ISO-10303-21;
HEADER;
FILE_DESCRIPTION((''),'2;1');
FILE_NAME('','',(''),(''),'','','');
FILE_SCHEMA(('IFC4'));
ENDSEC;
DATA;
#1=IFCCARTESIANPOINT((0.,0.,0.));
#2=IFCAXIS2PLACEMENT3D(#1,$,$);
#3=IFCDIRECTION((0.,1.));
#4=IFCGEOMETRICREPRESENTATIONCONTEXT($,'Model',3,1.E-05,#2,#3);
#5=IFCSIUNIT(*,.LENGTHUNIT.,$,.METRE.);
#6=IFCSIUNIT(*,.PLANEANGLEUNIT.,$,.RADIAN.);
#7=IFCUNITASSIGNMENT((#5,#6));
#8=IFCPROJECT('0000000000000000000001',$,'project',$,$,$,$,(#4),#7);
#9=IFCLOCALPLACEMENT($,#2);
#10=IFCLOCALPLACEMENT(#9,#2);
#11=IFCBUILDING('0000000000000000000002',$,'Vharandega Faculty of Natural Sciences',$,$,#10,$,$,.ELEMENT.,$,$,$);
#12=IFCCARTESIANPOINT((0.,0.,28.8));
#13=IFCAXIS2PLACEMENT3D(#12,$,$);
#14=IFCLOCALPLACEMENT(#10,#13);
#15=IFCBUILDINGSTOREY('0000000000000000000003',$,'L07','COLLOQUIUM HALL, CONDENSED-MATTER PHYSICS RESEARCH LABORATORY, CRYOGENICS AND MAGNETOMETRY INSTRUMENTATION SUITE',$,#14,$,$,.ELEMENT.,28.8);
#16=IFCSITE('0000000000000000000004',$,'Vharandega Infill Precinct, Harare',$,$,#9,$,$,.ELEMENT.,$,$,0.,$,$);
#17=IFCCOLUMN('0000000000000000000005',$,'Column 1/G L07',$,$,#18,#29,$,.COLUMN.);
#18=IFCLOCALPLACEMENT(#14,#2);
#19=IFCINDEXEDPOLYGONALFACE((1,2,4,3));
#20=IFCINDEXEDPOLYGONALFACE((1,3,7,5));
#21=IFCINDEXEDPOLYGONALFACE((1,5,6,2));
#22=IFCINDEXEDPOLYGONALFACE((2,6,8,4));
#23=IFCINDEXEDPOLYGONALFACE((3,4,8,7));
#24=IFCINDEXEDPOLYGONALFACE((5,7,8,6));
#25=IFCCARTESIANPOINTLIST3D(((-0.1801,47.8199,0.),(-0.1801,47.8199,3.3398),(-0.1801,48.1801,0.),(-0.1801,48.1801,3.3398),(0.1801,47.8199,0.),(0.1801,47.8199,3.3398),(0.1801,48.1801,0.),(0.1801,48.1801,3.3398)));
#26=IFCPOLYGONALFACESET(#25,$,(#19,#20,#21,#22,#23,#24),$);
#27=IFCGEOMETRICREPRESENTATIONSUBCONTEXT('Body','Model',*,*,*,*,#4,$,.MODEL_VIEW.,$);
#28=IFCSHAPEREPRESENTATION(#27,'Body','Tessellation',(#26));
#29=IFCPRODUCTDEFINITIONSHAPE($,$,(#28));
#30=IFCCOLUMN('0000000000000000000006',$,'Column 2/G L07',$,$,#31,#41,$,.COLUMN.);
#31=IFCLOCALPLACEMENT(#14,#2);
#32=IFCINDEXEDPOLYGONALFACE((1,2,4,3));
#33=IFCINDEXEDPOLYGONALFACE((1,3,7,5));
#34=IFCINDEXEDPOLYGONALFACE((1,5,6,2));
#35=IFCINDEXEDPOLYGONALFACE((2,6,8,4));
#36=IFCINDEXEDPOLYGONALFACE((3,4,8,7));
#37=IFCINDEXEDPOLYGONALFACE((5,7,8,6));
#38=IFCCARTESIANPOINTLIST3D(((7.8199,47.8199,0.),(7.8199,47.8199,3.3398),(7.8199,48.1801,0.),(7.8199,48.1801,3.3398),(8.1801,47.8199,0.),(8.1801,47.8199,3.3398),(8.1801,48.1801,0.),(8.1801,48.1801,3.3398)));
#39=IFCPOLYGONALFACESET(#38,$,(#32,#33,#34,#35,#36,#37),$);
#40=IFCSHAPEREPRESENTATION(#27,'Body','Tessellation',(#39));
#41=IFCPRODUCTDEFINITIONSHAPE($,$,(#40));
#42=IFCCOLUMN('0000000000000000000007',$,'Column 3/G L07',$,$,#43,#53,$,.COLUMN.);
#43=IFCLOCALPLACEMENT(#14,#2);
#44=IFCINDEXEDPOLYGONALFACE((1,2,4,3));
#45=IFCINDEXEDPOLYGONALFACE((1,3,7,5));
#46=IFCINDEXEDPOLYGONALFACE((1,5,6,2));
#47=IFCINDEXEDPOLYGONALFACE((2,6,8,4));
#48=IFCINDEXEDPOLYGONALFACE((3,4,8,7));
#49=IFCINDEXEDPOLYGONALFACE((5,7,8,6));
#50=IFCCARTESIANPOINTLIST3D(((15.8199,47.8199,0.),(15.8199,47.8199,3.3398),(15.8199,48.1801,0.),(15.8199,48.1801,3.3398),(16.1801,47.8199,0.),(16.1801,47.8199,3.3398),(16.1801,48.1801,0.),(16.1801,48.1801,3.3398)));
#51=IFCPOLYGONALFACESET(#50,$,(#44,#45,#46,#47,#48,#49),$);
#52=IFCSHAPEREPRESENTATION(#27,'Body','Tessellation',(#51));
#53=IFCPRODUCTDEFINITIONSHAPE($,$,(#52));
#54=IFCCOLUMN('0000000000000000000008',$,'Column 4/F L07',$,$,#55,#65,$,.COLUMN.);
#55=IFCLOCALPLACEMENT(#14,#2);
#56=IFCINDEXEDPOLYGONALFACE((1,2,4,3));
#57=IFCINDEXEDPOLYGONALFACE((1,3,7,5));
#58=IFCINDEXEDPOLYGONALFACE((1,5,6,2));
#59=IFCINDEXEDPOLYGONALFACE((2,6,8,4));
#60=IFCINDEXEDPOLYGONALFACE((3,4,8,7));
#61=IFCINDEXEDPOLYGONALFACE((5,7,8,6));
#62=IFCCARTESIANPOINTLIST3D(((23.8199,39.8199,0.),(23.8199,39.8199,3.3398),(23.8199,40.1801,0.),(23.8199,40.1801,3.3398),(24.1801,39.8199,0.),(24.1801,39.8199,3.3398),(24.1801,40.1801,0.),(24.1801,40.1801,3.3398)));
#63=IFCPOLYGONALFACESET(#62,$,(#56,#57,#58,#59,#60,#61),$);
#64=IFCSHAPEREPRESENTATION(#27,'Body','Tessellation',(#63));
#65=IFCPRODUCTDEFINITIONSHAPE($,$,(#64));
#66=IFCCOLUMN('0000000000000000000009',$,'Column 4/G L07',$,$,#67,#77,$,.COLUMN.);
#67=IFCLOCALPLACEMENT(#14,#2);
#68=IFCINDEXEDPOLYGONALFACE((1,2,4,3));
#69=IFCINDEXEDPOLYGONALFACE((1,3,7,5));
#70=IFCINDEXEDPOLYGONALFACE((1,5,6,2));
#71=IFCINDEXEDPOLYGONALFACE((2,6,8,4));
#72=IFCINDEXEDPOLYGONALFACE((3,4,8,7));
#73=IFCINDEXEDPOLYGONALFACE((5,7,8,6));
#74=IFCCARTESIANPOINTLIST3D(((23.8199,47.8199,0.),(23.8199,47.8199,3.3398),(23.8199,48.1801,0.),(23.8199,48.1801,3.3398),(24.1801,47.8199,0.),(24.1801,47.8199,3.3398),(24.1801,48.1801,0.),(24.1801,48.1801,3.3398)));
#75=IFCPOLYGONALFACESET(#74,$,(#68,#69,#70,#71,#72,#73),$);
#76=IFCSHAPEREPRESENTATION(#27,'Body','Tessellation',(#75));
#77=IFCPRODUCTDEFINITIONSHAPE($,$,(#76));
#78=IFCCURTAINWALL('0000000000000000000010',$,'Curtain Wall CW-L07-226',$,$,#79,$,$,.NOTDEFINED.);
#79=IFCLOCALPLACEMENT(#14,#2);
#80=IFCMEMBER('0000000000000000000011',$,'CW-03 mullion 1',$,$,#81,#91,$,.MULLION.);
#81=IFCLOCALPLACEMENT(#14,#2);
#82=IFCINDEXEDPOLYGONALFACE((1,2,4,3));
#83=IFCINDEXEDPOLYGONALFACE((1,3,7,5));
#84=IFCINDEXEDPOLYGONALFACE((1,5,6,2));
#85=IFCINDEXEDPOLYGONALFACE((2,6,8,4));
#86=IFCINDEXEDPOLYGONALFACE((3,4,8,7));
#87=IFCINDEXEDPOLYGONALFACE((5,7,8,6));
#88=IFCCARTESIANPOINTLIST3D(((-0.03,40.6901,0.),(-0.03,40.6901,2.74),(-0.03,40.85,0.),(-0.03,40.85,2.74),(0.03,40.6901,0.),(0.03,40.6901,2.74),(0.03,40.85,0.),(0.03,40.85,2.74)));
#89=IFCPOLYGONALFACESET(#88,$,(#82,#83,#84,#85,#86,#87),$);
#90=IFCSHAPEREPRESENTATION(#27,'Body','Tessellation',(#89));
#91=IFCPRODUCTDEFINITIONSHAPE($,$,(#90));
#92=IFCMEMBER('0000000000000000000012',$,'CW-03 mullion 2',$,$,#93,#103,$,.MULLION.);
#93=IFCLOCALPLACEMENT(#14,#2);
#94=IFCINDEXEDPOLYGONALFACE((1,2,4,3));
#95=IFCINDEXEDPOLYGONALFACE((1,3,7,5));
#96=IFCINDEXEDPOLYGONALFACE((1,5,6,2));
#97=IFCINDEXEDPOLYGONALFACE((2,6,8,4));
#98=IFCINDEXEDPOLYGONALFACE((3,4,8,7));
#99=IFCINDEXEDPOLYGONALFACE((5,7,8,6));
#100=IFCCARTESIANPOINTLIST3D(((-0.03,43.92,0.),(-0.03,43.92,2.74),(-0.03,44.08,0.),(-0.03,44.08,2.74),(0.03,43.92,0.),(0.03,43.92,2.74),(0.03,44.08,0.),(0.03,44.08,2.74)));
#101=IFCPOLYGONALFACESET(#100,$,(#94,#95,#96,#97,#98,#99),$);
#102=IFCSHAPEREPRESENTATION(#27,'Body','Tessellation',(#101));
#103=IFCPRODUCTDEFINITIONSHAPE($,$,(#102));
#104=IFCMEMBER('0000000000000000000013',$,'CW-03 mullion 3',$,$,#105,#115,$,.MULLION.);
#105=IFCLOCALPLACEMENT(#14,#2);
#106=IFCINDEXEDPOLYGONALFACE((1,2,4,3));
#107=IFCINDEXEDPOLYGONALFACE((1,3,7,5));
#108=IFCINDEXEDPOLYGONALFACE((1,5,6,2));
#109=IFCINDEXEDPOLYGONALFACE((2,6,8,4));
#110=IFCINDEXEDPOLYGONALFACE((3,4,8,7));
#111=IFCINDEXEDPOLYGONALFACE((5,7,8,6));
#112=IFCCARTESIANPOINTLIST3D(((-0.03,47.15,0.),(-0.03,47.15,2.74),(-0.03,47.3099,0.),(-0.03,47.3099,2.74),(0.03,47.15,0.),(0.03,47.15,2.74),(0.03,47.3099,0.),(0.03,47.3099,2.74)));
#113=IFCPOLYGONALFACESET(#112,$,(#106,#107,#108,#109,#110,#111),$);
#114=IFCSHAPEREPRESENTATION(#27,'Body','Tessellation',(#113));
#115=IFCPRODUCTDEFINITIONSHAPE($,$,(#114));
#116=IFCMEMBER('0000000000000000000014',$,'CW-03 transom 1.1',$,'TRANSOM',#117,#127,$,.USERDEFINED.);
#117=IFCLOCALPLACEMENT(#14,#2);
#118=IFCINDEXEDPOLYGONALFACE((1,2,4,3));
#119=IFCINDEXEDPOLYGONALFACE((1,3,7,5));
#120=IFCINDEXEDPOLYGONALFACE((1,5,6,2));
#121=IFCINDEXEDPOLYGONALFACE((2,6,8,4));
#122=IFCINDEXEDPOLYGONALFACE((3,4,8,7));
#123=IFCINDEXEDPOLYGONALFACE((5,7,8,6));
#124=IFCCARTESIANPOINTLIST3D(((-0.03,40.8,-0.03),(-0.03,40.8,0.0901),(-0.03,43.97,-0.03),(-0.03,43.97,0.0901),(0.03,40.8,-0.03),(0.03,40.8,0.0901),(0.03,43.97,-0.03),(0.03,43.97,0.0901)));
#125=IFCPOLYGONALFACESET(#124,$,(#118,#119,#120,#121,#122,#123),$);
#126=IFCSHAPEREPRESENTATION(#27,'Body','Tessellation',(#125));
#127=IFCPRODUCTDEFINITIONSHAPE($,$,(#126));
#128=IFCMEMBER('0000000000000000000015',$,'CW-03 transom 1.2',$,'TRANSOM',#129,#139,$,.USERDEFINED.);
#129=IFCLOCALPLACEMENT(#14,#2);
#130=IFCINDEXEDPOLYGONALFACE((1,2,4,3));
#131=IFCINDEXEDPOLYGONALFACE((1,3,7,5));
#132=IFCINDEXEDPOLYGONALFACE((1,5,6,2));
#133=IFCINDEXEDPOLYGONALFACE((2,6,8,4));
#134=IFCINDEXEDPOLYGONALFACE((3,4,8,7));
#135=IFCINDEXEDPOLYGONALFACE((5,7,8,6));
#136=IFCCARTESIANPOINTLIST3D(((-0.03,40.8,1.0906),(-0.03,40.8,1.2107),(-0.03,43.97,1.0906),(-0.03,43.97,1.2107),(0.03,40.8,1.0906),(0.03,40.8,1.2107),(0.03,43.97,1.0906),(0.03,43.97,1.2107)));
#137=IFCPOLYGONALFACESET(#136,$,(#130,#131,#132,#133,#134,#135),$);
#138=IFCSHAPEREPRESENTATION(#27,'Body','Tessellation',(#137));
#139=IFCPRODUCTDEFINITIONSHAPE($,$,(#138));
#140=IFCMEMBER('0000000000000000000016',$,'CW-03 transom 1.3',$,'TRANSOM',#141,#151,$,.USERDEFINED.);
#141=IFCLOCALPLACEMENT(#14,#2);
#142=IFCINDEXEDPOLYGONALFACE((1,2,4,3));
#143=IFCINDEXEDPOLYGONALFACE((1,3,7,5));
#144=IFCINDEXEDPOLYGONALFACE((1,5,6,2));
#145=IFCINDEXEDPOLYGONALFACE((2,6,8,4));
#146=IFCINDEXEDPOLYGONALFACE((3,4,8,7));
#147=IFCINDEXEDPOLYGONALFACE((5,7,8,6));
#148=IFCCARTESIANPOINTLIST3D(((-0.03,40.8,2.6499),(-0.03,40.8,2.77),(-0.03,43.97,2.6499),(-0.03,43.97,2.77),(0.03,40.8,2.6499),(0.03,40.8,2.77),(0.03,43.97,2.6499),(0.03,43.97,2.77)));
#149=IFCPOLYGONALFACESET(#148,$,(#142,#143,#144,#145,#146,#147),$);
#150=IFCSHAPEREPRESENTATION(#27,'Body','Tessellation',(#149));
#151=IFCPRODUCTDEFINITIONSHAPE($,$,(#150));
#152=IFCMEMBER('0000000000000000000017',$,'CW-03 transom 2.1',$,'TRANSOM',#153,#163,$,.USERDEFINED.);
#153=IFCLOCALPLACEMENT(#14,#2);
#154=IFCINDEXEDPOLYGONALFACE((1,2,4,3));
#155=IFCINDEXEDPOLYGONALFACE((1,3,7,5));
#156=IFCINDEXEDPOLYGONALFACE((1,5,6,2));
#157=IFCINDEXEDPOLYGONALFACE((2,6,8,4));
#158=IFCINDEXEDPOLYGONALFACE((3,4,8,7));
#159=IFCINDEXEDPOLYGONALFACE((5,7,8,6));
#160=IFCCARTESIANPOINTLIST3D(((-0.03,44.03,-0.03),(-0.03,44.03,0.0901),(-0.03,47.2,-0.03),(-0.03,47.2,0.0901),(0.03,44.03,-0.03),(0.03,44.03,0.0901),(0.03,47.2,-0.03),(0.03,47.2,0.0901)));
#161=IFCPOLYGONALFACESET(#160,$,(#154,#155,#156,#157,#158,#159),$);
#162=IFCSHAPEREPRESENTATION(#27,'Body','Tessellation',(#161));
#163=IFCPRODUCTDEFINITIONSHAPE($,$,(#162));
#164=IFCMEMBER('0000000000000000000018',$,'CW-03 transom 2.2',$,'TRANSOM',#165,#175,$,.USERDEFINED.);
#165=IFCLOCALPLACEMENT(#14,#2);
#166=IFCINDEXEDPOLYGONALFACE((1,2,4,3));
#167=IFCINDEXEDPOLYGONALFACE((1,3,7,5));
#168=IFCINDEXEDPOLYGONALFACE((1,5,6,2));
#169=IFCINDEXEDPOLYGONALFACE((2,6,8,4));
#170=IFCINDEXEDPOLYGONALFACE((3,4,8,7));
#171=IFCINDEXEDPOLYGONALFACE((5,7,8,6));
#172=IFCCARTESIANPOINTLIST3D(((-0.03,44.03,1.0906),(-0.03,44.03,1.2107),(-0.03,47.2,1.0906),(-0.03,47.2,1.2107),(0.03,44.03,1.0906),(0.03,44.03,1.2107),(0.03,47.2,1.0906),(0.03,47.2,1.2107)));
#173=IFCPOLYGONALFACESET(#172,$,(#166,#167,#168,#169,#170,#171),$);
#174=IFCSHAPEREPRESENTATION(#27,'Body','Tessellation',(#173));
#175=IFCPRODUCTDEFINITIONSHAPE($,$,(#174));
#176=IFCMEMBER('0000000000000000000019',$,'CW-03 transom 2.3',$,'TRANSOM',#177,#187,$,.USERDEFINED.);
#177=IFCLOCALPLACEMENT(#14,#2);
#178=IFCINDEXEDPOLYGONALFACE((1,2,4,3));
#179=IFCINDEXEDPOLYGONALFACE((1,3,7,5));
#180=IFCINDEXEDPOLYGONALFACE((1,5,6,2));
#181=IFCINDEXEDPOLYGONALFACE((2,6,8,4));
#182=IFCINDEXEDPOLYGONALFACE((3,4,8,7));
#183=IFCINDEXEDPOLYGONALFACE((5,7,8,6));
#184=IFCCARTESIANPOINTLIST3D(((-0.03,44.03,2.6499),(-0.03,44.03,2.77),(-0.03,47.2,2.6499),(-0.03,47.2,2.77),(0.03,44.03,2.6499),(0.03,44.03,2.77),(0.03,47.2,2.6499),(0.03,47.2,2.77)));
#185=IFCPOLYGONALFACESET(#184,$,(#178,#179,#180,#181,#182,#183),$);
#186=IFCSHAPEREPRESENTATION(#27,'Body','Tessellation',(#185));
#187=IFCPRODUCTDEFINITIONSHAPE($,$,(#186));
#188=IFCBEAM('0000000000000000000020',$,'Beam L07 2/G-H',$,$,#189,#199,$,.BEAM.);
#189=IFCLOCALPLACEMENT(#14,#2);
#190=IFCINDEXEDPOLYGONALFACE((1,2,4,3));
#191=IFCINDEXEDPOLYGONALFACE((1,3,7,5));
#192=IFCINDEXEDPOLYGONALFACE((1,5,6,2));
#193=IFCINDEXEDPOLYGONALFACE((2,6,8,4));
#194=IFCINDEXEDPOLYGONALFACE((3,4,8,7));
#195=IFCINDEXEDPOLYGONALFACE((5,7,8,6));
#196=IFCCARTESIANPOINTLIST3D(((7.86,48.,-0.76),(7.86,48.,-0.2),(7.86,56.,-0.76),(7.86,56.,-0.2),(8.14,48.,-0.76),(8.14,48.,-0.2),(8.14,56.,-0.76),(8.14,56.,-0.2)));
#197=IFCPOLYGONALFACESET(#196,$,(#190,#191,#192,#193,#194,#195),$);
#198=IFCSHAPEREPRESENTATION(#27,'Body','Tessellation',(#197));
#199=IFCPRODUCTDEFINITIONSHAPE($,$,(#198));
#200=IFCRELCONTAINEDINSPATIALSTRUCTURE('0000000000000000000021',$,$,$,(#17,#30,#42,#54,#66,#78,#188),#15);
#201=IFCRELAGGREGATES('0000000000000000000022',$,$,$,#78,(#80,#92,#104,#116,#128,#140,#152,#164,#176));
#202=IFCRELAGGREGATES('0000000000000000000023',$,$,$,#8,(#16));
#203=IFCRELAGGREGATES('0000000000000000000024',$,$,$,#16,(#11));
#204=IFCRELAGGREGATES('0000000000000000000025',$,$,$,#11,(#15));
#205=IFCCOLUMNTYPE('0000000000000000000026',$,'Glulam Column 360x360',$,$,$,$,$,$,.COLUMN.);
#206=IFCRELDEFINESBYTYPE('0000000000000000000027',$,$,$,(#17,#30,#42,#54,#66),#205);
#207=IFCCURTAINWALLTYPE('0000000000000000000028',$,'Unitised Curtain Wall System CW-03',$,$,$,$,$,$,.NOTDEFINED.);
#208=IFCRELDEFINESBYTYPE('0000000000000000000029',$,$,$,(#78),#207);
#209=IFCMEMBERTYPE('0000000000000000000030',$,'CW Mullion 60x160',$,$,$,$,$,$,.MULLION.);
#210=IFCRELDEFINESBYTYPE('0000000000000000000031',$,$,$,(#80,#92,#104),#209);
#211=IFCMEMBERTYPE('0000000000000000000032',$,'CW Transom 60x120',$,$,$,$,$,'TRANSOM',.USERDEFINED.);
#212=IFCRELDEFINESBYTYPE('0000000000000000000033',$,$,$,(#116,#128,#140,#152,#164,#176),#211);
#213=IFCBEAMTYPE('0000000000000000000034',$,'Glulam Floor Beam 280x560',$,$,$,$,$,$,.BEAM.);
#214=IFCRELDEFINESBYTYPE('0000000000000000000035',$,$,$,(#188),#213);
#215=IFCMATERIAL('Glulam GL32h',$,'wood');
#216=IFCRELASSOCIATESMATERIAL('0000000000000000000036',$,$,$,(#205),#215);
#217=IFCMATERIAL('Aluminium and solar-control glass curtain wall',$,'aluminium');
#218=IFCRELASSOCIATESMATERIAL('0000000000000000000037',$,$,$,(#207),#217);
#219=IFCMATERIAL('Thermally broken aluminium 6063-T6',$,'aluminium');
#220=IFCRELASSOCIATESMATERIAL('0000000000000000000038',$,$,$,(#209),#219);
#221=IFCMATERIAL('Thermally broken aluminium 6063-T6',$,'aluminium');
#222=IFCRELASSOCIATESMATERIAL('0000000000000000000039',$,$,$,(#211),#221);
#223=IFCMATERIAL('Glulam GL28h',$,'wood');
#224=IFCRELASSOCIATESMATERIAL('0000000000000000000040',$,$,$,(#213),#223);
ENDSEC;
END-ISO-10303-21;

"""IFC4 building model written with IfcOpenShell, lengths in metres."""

from ifc_helpers import new_model, si_unit, direction, frame, origin, origin_2d, place, context, subcontext, project, spatial, rectangle, extrude, material, material_profile, profile_set, type_object, element, aggregate, save


model = new_model("IFC4")

# Units and contexts
model_context = context("Model", 3, precision=1e-05, world=origin(), true_north=direction((0.0, 1.0)))
body_context = subcontext(model_context, "Body", "Model", "MODEL_VIEW")
ifc_project = project(units=[si_unit("LENGTHUNIT", "METRE"), si_unit("PLANEANGLEUNIT", "RADIAN")], contexts=[model_context])

# Site, building, storey
site_placement = place(None, origin())
site = spatial("IfcSite", under=ifc_project, at=site_placement, Name="Vharandega Infill Precinct, Harare", CompositionType="ELEMENT", RefElevation=0.0)
building_placement = place(site_placement, origin())
building = spatial("IfcBuilding", under=site, at=building_placement, Name="Vharandega Faculty of Natural Sciences", CompositionType="ELEMENT")
storey_placement = place(building_placement, frame((0.0, 0.0, 28.8)))
storey = spatial("IfcBuildingStorey", under=building, at=storey_placement, Name="L07", Description="COLLOQUIUM HALL, CONDENSED-MATTER PHYSICS RESEARCH LABORATORY, CRYOGENICS AND MAGNETOMETRY INSTRUMENTATION SUITE", CompositionType="ELEMENT", Elevation=28.8)

# Columns
ifc_material_1 = material(Name="Glulam GL32h", Category="wood")
ifc_material_profile_1 = material_profile(ifc_material_1, rectangle(XDim=0.3601, YDim=0.3601, at=origin_2d()), Name="GL32h 360x360")
ifc_profile_set_1 = profile_set([ifc_material_profile_1], Name="Glulam GL32h")
column_type = type_object("IfcColumnType", Name="Glulam Column 360x360", PredefinedType="COLUMN", material=ifc_profile_set_1)
for number, where, z_axis, x_axis, name in (
    (1, (0.0, 48.0, 0.0), (0.0, 0.0, 1.0), (1.0, 0.0, 0.0), "Column 1/G L07"),
    (2, (8.0, 48.0, 0.0), (0.0, 0.0, 1.0), (1.0, 0.0, 0.0), "Column 2/G L07"),
    (3, (16.0, 48.0, 0.0), (0.0, 0.0, 1.0), (1.0, 0.0, 0.0), "Column 3/G L07"),
    (4, (24.0, 40.0, 0.0), (0.0, 0.0, 1.0), (1.0, 0.0, 0.0), "Column 4/F L07"),
    (5, (24.0, 48.0, 0.0), (0.0, 0.0, 1.0), (1.0, 0.0, 0.0), "Column 4/G L07"),
):
    element("IfcColumn", number, at=place(storey_placement, frame(where, z_axis=z_axis, x_axis=x_axis)), inside=storey, type_object=column_type, Name=name, PredefinedType="COLUMN", context=body_context, shape_type="SweptSolid", body=[
        extrude(rectangle(XDim=0.3601, YDim=0.3601, at=origin_2d()), origin(), (0.0, 0.0, 1.0), 3.3398),
    ])

# Curtain wall, members
ifc_material_2 = material(Name="Aluminium and solar-control glass curtain wall", Category="aluminium")
curtain_wall_type = type_object("IfcCurtainWallType", Name="Unitised Curtain Wall System CW-03", PredefinedType="NOTDEFINED", material=ifc_material_2)
curtain_wall_placement = place(storey_placement, origin())
curtain_wall = element("IfcCurtainWall", 6, at=curtain_wall_placement, inside=storey, type_object=curtain_wall_type, Name="Curtain Wall CW-L07-226", PredefinedType="NOTDEFINED")
ifc_material_3 = material(Name="Thermally broken aluminium 6063-T6", Category="aluminium")
ifc_material_profile_2 = material_profile(ifc_material_3, rectangle(XDim=0.0601, YDim=0.1599, at=origin_2d()), Name="ALU 60x160")
ifc_profile_set_2 = profile_set([ifc_material_profile_2], Name="Thermally broken aluminium 6063-T6")
member_type_1 = type_object("IfcMemberType", Name="CW Mullion 60x160", PredefinedType="MULLION", material=ifc_profile_set_2)
member_1_placement = place(storey_placement, frame((0.0, 40.77, 0.0), z_axis=(0.0, 0.0, 1.0), x_axis=(-1.0, 0.0, 0.0)))
member_1 = element("IfcMember", 7, at=member_1_placement, type_object=member_type_1, Name="CW-03 mullion 1", PredefinedType="MULLION", context=body_context, shape_type="SweptSolid", body=[
    extrude(rectangle(XDim=0.0601, YDim=0.1599, at=origin_2d()), origin(), (0.0, 0.0, 1.0), 2.74),
])
member_2_placement = place(storey_placement, frame((0.0, 44.0, 0.0), z_axis=(0.0, 0.0, 1.0), x_axis=(-1.0, 0.0, 0.0)))
member_2 = element("IfcMember", 8, at=member_2_placement, type_object=member_type_1, Name="CW-03 mullion 2", PredefinedType="MULLION", context=body_context, shape_type="SweptSolid", body=[
    extrude(rectangle(XDim=0.0601, YDim=0.1599, at=origin_2d()), origin(), (0.0, 0.0, 1.0), 2.74),
])
member_3_placement = place(storey_placement, frame((0.0, 47.23, 0.0), z_axis=(0.0, 0.0, 1.0), x_axis=(-1.0, 0.0, 0.0)))
member_3 = element("IfcMember", 9, at=member_3_placement, type_object=member_type_1, Name="CW-03 mullion 3", PredefinedType="MULLION", context=body_context, shape_type="SweptSolid", body=[
    extrude(rectangle(XDim=0.0601, YDim=0.1599, at=origin_2d()), origin(), (0.0, 0.0, 1.0), 2.74),
])
ifc_material_4 = material(Name="Thermally broken aluminium 6063-T6", Category="aluminium")
ifc_material_profile_3 = material_profile(ifc_material_4, rectangle(XDim=0.0601, YDim=0.1201, at=origin_2d()), Name="ALU 60x120")
ifc_profile_set_3 = profile_set([ifc_material_profile_3], Name="Thermally broken aluminium 6063-T6")
member_type_2 = type_object("IfcMemberType", Name="CW Transom 60x120", ElementType="TRANSOM", PredefinedType="USERDEFINED", material=ifc_profile_set_3)
member_4_placement = place(storey_placement, frame((0.0, 40.8, 0.03), z_axis=(0.0, 1.0, 0.0), x_axis=(-1.0, 0.0, 0.0)))
member_4 = element("IfcMember", 10, at=member_4_placement, type_object=member_type_2, Name="CW-03 transom 1.1", ObjectType="TRANSOM", PredefinedType="USERDEFINED", context=body_context, shape_type="SweptSolid", body=[
    extrude(rectangle(XDim=0.0601, YDim=0.1201, at=origin_2d()), origin(), (0.0, 0.0, 1.0), 3.1699),
])
member_5_placement = place(storey_placement, frame((0.0, 40.8, 1.1506), z_axis=(0.0, 1.0, 0.0), x_axis=(-1.0, 0.0, 0.0)))
member_5 = element("IfcMember", 11, at=member_5_placement, type_object=member_type_2, Name="CW-03 transom 1.2", ObjectType="TRANSOM", PredefinedType="USERDEFINED", context=body_context, shape_type="SweptSolid", body=[
    extrude(rectangle(XDim=0.0601, YDim=0.1201, at=origin_2d()), origin(), (0.0, 0.0, 1.0), 3.1699),
])
member_6_placement = place(storey_placement, frame((0.0, 40.8, 2.71), z_axis=(0.0, 1.0, 0.0), x_axis=(-1.0, 0.0, 0.0)))
member_6 = element("IfcMember", 12, at=member_6_placement, type_object=member_type_2, Name="CW-03 transom 1.3", ObjectType="TRANSOM", PredefinedType="USERDEFINED", context=body_context, shape_type="SweptSolid", body=[
    extrude(rectangle(XDim=0.0601, YDim=0.1201, at=origin_2d()), origin(), (0.0, 0.0, 1.0), 3.1699),
])
member_7_placement = place(storey_placement, frame((0.0, 44.03, 0.03), z_axis=(0.0, 1.0, 0.0), x_axis=(-1.0, 0.0, 0.0)))
member_7 = element("IfcMember", 13, at=member_7_placement, type_object=member_type_2, Name="CW-03 transom 2.1", ObjectType="TRANSOM", PredefinedType="USERDEFINED", context=body_context, shape_type="SweptSolid", body=[
    extrude(rectangle(XDim=0.0601, YDim=0.1201, at=origin_2d()), origin(), (0.0, 0.0, 1.0), 3.1699),
])
member_8_placement = place(storey_placement, frame((0.0, 44.03, 1.1506), z_axis=(0.0, 1.0, 0.0), x_axis=(-1.0, 0.0, 0.0)))
member_8 = element("IfcMember", 14, at=member_8_placement, type_object=member_type_2, Name="CW-03 transom 2.2", ObjectType="TRANSOM", PredefinedType="USERDEFINED", context=body_context, shape_type="SweptSolid", body=[
    extrude(rectangle(XDim=0.0601, YDim=0.1201, at=origin_2d()), origin(), (0.0, 0.0, 1.0), 3.1699),
])
member_9_placement = place(storey_placement, frame((0.0, 44.03, 2.71), z_axis=(0.0, 1.0, 0.0), x_axis=(-1.0, 0.0, 0.0)))
member_9 = element("IfcMember", 15, at=member_9_placement, type_object=member_type_2, Name="CW-03 transom 2.3", ObjectType="TRANSOM", PredefinedType="USERDEFINED", context=body_context, shape_type="SweptSolid", body=[
    extrude(rectangle(XDim=0.0601, YDim=0.1201, at=origin_2d()), origin(), (0.0, 0.0, 1.0), 3.1699),
])

# Beam
ifc_material_5 = material(Name="Glulam GL28h", Category="wood")
ifc_material_profile_4 = material_profile(ifc_material_5, rectangle(XDim=0.28, YDim=0.5601, at=origin_2d()), Name="GL28h 280x560")
ifc_profile_set_4 = profile_set([ifc_material_profile_4], Name="Glulam GL28h")
beam_type_1 = type_object("IfcBeamType", Name="Glulam Floor Beam 280x560", PredefinedType="BEAM", material=ifc_profile_set_4)
for number, where, z_axis, x_axis, name in (
    (16, (8.0, 48.0, -0.48), (0.0, 1.0, 0.0), (-1.0, 0.0, 0.0), "Beam L07 2/G-H"),
):
    element("IfcBeam", number, at=place(storey_placement, frame(where, z_axis=z_axis, x_axis=x_axis)), inside=storey, type_object=beam_type_1, Name=name, PredefinedType="BEAM", context=body_context, shape_type="SweptSolid", body=[
        extrude(rectangle(XDim=0.28, YDim=0.5601, at=origin_2d()), origin(), (0.0, 0.0, 1.0), 8.0),
    ])

aggregate(curtain_wall, [member_1, member_2, member_3, member_4, member_5, member_6, member_7, member_8, member_9])

save(model, "model.ifc")
